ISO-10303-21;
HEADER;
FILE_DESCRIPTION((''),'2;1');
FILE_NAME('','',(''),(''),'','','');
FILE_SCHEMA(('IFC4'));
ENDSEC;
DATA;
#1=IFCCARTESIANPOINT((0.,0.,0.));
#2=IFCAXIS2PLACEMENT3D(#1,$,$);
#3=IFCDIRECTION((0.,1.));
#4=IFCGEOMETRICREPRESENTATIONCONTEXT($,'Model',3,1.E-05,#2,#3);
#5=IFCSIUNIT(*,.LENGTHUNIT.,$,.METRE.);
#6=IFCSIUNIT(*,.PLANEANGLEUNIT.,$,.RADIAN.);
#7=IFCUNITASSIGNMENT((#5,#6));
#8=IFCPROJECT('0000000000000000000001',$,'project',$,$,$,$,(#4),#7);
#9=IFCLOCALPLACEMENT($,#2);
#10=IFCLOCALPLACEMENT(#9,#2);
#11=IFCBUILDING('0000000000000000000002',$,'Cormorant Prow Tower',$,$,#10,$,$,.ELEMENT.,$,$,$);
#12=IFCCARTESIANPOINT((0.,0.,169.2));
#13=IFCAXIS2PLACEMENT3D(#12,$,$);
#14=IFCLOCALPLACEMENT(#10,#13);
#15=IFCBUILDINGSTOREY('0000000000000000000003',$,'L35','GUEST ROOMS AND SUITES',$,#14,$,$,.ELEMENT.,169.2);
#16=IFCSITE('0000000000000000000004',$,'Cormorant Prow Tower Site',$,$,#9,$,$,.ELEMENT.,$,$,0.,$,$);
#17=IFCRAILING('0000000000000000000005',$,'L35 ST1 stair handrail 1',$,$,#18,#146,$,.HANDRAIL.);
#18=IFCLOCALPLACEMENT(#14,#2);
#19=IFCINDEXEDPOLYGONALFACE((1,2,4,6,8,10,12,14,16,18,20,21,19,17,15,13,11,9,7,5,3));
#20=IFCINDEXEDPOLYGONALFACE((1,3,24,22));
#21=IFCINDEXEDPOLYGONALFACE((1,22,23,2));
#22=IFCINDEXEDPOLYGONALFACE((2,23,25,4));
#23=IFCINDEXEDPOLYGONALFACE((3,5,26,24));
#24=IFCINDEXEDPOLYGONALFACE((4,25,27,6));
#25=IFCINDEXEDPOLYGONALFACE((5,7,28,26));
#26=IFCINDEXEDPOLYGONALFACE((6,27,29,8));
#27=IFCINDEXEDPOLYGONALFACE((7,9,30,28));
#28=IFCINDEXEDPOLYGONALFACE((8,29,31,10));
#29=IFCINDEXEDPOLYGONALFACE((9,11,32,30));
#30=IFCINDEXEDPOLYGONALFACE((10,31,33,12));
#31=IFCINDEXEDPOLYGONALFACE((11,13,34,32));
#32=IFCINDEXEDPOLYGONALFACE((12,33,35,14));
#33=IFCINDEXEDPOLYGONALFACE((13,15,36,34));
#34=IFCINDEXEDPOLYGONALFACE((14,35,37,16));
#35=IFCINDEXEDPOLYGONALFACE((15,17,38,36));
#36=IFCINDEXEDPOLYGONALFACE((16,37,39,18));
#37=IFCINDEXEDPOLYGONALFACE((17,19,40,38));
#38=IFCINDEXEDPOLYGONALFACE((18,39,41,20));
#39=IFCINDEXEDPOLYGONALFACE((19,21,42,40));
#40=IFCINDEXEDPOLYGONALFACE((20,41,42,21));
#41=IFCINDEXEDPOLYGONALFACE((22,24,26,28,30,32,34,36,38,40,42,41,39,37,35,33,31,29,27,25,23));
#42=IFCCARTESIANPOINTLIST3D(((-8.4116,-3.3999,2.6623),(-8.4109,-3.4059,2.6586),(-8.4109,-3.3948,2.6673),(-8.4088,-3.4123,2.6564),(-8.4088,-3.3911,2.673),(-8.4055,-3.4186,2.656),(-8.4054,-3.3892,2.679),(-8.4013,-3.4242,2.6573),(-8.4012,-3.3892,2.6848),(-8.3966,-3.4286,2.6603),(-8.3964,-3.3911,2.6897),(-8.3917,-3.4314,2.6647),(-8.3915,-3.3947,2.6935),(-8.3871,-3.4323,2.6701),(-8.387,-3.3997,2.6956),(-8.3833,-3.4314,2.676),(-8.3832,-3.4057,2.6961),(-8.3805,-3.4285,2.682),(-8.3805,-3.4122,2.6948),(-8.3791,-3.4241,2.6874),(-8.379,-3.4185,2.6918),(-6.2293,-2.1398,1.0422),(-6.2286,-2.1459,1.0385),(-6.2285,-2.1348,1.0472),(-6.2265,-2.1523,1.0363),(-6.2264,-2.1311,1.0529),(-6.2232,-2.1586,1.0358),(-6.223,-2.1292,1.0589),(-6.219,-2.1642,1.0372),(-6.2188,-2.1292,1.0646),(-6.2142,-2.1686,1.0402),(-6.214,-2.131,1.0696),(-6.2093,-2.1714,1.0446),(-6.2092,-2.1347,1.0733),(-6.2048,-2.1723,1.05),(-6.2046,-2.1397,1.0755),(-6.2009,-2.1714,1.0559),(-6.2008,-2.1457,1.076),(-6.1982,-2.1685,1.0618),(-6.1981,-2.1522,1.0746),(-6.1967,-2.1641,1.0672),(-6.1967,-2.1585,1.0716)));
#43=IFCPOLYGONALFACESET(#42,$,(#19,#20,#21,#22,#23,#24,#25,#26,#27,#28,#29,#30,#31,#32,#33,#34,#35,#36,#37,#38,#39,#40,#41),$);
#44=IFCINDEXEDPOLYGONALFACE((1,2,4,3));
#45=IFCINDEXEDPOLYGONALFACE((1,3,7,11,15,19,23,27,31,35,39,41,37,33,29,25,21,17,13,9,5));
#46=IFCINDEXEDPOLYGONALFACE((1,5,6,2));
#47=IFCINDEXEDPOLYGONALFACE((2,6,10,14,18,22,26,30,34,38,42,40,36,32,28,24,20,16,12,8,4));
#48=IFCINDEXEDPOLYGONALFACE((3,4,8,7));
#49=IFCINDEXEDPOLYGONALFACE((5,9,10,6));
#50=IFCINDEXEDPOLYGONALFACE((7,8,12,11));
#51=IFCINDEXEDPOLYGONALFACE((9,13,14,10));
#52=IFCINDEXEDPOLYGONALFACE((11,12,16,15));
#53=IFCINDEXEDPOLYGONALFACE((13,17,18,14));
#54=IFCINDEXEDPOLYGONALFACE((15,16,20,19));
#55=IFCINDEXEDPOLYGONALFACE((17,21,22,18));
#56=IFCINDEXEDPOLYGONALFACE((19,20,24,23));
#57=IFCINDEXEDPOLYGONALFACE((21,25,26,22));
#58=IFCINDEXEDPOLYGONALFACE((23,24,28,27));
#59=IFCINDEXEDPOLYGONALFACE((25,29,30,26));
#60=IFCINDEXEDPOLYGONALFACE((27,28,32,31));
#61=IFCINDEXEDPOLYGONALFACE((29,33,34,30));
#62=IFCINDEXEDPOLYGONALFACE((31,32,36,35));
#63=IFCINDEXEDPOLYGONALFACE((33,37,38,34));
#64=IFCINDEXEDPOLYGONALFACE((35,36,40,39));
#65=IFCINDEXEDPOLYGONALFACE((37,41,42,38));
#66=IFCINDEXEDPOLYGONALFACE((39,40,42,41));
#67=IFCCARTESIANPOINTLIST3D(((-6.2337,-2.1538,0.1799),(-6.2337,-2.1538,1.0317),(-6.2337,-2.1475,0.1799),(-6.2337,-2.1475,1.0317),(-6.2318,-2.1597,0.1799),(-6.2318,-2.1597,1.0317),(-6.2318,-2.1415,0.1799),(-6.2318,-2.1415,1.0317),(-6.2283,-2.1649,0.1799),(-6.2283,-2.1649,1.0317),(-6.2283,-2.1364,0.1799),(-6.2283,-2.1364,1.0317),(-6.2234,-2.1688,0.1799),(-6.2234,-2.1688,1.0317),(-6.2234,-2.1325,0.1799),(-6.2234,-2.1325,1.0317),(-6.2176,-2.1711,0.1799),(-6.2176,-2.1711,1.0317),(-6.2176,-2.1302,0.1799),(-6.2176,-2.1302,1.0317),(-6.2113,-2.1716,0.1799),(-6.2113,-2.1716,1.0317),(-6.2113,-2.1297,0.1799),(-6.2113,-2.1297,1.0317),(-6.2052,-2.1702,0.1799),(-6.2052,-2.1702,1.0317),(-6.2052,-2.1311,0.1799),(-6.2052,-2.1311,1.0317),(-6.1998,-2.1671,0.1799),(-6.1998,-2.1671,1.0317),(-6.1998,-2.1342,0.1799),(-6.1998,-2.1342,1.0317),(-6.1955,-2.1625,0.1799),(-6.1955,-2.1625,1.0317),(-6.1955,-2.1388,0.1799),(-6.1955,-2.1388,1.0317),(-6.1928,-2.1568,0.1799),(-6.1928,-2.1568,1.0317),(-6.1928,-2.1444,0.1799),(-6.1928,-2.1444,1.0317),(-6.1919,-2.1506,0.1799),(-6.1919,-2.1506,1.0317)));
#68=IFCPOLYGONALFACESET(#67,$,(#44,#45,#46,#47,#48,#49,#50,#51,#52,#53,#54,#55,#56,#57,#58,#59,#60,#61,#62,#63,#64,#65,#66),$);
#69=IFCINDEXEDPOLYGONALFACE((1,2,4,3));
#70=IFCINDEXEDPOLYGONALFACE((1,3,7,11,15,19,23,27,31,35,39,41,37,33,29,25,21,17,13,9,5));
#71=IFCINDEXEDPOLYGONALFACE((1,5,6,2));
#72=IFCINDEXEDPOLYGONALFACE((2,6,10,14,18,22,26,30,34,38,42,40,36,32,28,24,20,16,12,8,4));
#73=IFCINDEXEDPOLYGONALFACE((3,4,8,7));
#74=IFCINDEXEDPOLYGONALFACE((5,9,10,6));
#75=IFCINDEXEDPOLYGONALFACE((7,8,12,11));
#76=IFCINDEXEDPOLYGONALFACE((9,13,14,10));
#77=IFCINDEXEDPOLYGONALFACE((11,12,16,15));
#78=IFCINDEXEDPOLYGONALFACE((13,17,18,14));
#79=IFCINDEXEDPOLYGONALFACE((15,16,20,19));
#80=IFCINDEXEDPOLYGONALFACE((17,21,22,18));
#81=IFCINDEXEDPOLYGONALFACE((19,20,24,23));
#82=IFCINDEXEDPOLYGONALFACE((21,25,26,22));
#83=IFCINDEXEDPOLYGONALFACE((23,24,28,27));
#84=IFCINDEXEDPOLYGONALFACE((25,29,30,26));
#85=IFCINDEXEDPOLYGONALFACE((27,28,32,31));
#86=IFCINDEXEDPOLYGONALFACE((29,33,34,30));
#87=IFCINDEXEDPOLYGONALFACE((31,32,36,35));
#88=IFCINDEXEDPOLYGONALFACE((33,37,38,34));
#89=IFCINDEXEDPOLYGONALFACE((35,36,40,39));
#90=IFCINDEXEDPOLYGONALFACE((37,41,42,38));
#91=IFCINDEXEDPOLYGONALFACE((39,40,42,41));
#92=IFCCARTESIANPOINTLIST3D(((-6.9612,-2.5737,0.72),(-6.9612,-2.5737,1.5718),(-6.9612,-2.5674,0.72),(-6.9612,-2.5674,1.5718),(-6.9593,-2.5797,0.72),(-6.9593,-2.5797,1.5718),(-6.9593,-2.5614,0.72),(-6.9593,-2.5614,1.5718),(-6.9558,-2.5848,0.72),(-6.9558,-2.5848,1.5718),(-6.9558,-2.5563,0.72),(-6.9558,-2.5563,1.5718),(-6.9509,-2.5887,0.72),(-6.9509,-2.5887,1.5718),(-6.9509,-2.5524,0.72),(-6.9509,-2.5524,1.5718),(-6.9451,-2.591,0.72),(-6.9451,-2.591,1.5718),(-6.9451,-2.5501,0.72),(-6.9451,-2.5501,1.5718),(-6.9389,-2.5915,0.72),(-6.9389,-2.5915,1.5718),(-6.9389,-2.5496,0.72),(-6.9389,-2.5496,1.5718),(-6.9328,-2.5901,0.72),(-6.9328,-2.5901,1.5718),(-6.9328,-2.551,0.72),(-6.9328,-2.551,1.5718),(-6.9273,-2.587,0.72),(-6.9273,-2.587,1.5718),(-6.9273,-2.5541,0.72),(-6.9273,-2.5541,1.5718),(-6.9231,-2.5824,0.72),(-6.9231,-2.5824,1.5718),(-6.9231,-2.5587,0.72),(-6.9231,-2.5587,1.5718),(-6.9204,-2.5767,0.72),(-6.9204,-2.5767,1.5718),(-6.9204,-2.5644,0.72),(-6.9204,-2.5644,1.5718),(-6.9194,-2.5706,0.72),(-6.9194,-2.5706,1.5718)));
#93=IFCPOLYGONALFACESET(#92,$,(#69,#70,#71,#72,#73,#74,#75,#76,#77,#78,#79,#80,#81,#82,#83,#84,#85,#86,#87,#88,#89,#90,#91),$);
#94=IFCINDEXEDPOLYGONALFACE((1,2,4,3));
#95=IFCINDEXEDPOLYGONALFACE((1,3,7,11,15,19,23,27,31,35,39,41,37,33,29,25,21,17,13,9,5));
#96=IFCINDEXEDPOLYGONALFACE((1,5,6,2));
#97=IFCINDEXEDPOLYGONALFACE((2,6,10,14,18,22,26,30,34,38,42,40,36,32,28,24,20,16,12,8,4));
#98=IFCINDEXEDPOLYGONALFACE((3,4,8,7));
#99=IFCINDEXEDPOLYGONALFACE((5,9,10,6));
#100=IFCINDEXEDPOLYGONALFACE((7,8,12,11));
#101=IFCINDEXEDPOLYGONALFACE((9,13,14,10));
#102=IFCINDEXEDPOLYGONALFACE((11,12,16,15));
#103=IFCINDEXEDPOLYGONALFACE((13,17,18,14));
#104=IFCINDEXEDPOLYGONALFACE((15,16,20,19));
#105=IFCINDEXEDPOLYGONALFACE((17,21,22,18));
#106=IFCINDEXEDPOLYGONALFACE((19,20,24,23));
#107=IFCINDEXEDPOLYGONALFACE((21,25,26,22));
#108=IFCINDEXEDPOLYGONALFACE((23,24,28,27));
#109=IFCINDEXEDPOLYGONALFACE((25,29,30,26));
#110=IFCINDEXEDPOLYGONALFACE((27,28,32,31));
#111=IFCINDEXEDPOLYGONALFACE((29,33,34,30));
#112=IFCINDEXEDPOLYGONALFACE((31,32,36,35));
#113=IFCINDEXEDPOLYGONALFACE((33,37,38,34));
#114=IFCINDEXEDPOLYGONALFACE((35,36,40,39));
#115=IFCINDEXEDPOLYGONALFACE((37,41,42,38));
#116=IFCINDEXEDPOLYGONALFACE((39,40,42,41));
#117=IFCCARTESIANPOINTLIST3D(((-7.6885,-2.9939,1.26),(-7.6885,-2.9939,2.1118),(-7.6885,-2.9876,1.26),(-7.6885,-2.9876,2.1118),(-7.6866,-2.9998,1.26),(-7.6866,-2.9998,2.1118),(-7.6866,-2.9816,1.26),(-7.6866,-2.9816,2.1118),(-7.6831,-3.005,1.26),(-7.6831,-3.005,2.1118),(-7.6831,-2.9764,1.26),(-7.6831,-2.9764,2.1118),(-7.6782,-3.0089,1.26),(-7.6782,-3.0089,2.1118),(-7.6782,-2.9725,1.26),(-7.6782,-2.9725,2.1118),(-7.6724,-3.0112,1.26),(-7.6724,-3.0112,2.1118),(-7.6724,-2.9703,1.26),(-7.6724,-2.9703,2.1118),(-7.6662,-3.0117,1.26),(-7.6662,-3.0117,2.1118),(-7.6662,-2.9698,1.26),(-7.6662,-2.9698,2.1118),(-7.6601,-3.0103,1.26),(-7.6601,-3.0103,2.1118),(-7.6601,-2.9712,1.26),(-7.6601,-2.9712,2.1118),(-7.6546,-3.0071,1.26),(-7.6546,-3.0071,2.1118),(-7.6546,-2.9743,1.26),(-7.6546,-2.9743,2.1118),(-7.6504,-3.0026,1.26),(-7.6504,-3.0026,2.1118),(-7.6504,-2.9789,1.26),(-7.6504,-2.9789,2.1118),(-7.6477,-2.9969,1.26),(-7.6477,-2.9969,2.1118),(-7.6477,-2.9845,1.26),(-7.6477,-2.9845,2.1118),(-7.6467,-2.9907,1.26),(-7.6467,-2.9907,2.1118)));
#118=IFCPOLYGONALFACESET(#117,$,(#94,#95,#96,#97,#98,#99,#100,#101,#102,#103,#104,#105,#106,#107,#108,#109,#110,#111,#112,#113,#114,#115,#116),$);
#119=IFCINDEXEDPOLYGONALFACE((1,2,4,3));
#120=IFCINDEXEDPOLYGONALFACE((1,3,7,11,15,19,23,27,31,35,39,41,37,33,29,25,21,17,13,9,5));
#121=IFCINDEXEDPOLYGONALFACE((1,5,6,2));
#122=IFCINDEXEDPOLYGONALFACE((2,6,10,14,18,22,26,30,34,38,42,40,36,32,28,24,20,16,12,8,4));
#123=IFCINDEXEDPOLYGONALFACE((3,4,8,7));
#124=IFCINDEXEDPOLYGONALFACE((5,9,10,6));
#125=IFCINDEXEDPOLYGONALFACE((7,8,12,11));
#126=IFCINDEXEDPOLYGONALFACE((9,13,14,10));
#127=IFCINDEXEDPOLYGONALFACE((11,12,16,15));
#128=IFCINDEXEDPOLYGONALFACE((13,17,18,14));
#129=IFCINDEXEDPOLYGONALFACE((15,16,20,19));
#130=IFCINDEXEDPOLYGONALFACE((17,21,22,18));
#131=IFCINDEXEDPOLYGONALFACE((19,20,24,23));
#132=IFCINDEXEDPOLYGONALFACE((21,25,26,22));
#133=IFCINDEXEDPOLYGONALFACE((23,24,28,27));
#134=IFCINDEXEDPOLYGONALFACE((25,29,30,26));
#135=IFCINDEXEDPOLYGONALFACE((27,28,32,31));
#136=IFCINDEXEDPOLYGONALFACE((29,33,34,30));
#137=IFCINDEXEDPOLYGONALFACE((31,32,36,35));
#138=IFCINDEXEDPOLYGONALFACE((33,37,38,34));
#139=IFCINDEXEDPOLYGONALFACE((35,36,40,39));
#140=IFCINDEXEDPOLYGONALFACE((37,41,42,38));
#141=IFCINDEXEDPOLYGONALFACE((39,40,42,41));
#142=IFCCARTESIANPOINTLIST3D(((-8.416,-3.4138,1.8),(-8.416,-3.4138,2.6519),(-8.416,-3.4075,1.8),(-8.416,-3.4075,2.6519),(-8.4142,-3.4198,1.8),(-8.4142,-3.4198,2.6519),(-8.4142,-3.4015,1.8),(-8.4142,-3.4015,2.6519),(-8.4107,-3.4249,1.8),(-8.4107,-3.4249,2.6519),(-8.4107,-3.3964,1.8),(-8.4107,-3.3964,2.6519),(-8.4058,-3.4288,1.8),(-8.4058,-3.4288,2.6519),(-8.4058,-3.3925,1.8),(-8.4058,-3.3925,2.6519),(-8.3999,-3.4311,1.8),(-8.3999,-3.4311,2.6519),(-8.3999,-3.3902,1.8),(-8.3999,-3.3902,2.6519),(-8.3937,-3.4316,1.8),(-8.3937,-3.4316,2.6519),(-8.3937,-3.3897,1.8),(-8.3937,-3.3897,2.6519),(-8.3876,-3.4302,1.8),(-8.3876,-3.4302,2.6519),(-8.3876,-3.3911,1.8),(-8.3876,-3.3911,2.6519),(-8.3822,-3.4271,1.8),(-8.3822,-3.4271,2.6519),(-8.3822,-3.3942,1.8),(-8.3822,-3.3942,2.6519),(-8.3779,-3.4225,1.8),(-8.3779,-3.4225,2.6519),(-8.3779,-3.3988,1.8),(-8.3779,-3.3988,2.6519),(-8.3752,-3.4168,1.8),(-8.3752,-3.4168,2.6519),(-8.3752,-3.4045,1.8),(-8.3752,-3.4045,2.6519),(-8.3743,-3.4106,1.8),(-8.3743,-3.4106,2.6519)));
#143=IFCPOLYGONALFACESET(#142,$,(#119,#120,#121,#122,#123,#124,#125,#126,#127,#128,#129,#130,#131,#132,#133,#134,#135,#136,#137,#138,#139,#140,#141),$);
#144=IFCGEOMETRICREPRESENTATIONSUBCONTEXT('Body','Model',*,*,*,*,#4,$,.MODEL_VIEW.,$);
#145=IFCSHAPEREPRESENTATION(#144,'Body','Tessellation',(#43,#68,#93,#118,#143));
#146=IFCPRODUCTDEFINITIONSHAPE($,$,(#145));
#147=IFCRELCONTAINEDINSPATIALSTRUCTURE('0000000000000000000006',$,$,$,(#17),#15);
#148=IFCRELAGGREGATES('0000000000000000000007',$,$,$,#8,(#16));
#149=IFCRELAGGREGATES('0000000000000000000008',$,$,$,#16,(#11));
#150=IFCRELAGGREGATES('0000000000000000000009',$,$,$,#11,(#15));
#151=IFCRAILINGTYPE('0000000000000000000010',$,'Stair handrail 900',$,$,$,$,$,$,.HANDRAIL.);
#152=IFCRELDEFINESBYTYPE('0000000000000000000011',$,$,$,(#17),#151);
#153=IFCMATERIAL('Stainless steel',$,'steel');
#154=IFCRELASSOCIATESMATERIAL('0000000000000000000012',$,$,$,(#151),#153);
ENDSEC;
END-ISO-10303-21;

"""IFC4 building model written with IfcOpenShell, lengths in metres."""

from ifc_helpers import new_model, si_unit, direction, frame, origin, origin_2d, place, context, subcontext, project, spatial, circle, extrude, material, type_object, element, save


model = new_model("IFC4")

# Units and contexts
model_context = context("Model", 3, precision=1e-05, world=origin(), true_north=direction((0.0, 1.0)))
body_context = subcontext(model_context, "Body", "Model", "MODEL_VIEW")
ifc_project = project(units=[si_unit("LENGTHUNIT", "METRE"), si_unit("PLANEANGLEUNIT", "RADIAN")], contexts=[model_context])

# Site, building, storey
site_placement = place(None, origin())
site = spatial("IfcSite", under=ifc_project, at=site_placement, Name="Cormorant Prow Tower Site", CompositionType="ELEMENT", RefElevation=0.0)
building_placement = place(site_placement, origin())
building = spatial("IfcBuilding", under=site, at=building_placement, Name="Cormorant Prow Tower", CompositionType="ELEMENT")
storey_placement = place(building_placement, frame((0.0, 0.0, 169.2)))
storey = spatial("IfcBuildingStorey", under=building, at=storey_placement, Name="L35", Description="GUEST ROOMS AND SUITES", CompositionType="ELEMENT", Elevation=169.2)

# Railing
ifc_material_1 = material(Name="Stainless steel", Category="steel")
railing_type = type_object("IfcRailingType", Name="Stair handrail 900", PredefinedType="HANDRAIL", material=ifc_material_1)
railing_placement = place(storey_placement, frame((-6.2129, -2.1506, 0.1799)))
element("IfcRailing", 1, at=railing_placement, inside=storey, type_object=railing_type, Name="L35 ST1 stair handrail 1", PredefinedType="HANDRAIL", context=body_context, shape_type="SweptSolid", body=[
    extrude(circle(Radius=0.0239, at=origin_2d()), frame((0.0, 0.0, 0.876), z_axis=(-0.728464, -0.420584, 0.540786), x_axis=(0.500005, -0.866023, 0.0)), (0.0, 0.0, 1.0), 2.9958),
    extrude(circle(Radius=0.021, at=origin_2d()), origin(), (0.0, 0.0, 1.0), 0.8518),
    extrude(circle(Radius=0.021, at=origin_2d()), frame((-0.7275, -0.4199, 0.54)), (0.0, 0.0, 1.0), 0.8518),
    extrude(circle(Radius=0.021, at=origin_2d()), frame((-1.4548, -0.8401, 1.0801)), (0.0, 0.0, 1.0), 0.8518),
    extrude(circle(Radius=0.021, at=origin_2d()), frame((-2.1824, -1.26, 1.6201)), (0.0, 0.0, 1.0), 0.8518),
])

save(model, "model.ifc")
